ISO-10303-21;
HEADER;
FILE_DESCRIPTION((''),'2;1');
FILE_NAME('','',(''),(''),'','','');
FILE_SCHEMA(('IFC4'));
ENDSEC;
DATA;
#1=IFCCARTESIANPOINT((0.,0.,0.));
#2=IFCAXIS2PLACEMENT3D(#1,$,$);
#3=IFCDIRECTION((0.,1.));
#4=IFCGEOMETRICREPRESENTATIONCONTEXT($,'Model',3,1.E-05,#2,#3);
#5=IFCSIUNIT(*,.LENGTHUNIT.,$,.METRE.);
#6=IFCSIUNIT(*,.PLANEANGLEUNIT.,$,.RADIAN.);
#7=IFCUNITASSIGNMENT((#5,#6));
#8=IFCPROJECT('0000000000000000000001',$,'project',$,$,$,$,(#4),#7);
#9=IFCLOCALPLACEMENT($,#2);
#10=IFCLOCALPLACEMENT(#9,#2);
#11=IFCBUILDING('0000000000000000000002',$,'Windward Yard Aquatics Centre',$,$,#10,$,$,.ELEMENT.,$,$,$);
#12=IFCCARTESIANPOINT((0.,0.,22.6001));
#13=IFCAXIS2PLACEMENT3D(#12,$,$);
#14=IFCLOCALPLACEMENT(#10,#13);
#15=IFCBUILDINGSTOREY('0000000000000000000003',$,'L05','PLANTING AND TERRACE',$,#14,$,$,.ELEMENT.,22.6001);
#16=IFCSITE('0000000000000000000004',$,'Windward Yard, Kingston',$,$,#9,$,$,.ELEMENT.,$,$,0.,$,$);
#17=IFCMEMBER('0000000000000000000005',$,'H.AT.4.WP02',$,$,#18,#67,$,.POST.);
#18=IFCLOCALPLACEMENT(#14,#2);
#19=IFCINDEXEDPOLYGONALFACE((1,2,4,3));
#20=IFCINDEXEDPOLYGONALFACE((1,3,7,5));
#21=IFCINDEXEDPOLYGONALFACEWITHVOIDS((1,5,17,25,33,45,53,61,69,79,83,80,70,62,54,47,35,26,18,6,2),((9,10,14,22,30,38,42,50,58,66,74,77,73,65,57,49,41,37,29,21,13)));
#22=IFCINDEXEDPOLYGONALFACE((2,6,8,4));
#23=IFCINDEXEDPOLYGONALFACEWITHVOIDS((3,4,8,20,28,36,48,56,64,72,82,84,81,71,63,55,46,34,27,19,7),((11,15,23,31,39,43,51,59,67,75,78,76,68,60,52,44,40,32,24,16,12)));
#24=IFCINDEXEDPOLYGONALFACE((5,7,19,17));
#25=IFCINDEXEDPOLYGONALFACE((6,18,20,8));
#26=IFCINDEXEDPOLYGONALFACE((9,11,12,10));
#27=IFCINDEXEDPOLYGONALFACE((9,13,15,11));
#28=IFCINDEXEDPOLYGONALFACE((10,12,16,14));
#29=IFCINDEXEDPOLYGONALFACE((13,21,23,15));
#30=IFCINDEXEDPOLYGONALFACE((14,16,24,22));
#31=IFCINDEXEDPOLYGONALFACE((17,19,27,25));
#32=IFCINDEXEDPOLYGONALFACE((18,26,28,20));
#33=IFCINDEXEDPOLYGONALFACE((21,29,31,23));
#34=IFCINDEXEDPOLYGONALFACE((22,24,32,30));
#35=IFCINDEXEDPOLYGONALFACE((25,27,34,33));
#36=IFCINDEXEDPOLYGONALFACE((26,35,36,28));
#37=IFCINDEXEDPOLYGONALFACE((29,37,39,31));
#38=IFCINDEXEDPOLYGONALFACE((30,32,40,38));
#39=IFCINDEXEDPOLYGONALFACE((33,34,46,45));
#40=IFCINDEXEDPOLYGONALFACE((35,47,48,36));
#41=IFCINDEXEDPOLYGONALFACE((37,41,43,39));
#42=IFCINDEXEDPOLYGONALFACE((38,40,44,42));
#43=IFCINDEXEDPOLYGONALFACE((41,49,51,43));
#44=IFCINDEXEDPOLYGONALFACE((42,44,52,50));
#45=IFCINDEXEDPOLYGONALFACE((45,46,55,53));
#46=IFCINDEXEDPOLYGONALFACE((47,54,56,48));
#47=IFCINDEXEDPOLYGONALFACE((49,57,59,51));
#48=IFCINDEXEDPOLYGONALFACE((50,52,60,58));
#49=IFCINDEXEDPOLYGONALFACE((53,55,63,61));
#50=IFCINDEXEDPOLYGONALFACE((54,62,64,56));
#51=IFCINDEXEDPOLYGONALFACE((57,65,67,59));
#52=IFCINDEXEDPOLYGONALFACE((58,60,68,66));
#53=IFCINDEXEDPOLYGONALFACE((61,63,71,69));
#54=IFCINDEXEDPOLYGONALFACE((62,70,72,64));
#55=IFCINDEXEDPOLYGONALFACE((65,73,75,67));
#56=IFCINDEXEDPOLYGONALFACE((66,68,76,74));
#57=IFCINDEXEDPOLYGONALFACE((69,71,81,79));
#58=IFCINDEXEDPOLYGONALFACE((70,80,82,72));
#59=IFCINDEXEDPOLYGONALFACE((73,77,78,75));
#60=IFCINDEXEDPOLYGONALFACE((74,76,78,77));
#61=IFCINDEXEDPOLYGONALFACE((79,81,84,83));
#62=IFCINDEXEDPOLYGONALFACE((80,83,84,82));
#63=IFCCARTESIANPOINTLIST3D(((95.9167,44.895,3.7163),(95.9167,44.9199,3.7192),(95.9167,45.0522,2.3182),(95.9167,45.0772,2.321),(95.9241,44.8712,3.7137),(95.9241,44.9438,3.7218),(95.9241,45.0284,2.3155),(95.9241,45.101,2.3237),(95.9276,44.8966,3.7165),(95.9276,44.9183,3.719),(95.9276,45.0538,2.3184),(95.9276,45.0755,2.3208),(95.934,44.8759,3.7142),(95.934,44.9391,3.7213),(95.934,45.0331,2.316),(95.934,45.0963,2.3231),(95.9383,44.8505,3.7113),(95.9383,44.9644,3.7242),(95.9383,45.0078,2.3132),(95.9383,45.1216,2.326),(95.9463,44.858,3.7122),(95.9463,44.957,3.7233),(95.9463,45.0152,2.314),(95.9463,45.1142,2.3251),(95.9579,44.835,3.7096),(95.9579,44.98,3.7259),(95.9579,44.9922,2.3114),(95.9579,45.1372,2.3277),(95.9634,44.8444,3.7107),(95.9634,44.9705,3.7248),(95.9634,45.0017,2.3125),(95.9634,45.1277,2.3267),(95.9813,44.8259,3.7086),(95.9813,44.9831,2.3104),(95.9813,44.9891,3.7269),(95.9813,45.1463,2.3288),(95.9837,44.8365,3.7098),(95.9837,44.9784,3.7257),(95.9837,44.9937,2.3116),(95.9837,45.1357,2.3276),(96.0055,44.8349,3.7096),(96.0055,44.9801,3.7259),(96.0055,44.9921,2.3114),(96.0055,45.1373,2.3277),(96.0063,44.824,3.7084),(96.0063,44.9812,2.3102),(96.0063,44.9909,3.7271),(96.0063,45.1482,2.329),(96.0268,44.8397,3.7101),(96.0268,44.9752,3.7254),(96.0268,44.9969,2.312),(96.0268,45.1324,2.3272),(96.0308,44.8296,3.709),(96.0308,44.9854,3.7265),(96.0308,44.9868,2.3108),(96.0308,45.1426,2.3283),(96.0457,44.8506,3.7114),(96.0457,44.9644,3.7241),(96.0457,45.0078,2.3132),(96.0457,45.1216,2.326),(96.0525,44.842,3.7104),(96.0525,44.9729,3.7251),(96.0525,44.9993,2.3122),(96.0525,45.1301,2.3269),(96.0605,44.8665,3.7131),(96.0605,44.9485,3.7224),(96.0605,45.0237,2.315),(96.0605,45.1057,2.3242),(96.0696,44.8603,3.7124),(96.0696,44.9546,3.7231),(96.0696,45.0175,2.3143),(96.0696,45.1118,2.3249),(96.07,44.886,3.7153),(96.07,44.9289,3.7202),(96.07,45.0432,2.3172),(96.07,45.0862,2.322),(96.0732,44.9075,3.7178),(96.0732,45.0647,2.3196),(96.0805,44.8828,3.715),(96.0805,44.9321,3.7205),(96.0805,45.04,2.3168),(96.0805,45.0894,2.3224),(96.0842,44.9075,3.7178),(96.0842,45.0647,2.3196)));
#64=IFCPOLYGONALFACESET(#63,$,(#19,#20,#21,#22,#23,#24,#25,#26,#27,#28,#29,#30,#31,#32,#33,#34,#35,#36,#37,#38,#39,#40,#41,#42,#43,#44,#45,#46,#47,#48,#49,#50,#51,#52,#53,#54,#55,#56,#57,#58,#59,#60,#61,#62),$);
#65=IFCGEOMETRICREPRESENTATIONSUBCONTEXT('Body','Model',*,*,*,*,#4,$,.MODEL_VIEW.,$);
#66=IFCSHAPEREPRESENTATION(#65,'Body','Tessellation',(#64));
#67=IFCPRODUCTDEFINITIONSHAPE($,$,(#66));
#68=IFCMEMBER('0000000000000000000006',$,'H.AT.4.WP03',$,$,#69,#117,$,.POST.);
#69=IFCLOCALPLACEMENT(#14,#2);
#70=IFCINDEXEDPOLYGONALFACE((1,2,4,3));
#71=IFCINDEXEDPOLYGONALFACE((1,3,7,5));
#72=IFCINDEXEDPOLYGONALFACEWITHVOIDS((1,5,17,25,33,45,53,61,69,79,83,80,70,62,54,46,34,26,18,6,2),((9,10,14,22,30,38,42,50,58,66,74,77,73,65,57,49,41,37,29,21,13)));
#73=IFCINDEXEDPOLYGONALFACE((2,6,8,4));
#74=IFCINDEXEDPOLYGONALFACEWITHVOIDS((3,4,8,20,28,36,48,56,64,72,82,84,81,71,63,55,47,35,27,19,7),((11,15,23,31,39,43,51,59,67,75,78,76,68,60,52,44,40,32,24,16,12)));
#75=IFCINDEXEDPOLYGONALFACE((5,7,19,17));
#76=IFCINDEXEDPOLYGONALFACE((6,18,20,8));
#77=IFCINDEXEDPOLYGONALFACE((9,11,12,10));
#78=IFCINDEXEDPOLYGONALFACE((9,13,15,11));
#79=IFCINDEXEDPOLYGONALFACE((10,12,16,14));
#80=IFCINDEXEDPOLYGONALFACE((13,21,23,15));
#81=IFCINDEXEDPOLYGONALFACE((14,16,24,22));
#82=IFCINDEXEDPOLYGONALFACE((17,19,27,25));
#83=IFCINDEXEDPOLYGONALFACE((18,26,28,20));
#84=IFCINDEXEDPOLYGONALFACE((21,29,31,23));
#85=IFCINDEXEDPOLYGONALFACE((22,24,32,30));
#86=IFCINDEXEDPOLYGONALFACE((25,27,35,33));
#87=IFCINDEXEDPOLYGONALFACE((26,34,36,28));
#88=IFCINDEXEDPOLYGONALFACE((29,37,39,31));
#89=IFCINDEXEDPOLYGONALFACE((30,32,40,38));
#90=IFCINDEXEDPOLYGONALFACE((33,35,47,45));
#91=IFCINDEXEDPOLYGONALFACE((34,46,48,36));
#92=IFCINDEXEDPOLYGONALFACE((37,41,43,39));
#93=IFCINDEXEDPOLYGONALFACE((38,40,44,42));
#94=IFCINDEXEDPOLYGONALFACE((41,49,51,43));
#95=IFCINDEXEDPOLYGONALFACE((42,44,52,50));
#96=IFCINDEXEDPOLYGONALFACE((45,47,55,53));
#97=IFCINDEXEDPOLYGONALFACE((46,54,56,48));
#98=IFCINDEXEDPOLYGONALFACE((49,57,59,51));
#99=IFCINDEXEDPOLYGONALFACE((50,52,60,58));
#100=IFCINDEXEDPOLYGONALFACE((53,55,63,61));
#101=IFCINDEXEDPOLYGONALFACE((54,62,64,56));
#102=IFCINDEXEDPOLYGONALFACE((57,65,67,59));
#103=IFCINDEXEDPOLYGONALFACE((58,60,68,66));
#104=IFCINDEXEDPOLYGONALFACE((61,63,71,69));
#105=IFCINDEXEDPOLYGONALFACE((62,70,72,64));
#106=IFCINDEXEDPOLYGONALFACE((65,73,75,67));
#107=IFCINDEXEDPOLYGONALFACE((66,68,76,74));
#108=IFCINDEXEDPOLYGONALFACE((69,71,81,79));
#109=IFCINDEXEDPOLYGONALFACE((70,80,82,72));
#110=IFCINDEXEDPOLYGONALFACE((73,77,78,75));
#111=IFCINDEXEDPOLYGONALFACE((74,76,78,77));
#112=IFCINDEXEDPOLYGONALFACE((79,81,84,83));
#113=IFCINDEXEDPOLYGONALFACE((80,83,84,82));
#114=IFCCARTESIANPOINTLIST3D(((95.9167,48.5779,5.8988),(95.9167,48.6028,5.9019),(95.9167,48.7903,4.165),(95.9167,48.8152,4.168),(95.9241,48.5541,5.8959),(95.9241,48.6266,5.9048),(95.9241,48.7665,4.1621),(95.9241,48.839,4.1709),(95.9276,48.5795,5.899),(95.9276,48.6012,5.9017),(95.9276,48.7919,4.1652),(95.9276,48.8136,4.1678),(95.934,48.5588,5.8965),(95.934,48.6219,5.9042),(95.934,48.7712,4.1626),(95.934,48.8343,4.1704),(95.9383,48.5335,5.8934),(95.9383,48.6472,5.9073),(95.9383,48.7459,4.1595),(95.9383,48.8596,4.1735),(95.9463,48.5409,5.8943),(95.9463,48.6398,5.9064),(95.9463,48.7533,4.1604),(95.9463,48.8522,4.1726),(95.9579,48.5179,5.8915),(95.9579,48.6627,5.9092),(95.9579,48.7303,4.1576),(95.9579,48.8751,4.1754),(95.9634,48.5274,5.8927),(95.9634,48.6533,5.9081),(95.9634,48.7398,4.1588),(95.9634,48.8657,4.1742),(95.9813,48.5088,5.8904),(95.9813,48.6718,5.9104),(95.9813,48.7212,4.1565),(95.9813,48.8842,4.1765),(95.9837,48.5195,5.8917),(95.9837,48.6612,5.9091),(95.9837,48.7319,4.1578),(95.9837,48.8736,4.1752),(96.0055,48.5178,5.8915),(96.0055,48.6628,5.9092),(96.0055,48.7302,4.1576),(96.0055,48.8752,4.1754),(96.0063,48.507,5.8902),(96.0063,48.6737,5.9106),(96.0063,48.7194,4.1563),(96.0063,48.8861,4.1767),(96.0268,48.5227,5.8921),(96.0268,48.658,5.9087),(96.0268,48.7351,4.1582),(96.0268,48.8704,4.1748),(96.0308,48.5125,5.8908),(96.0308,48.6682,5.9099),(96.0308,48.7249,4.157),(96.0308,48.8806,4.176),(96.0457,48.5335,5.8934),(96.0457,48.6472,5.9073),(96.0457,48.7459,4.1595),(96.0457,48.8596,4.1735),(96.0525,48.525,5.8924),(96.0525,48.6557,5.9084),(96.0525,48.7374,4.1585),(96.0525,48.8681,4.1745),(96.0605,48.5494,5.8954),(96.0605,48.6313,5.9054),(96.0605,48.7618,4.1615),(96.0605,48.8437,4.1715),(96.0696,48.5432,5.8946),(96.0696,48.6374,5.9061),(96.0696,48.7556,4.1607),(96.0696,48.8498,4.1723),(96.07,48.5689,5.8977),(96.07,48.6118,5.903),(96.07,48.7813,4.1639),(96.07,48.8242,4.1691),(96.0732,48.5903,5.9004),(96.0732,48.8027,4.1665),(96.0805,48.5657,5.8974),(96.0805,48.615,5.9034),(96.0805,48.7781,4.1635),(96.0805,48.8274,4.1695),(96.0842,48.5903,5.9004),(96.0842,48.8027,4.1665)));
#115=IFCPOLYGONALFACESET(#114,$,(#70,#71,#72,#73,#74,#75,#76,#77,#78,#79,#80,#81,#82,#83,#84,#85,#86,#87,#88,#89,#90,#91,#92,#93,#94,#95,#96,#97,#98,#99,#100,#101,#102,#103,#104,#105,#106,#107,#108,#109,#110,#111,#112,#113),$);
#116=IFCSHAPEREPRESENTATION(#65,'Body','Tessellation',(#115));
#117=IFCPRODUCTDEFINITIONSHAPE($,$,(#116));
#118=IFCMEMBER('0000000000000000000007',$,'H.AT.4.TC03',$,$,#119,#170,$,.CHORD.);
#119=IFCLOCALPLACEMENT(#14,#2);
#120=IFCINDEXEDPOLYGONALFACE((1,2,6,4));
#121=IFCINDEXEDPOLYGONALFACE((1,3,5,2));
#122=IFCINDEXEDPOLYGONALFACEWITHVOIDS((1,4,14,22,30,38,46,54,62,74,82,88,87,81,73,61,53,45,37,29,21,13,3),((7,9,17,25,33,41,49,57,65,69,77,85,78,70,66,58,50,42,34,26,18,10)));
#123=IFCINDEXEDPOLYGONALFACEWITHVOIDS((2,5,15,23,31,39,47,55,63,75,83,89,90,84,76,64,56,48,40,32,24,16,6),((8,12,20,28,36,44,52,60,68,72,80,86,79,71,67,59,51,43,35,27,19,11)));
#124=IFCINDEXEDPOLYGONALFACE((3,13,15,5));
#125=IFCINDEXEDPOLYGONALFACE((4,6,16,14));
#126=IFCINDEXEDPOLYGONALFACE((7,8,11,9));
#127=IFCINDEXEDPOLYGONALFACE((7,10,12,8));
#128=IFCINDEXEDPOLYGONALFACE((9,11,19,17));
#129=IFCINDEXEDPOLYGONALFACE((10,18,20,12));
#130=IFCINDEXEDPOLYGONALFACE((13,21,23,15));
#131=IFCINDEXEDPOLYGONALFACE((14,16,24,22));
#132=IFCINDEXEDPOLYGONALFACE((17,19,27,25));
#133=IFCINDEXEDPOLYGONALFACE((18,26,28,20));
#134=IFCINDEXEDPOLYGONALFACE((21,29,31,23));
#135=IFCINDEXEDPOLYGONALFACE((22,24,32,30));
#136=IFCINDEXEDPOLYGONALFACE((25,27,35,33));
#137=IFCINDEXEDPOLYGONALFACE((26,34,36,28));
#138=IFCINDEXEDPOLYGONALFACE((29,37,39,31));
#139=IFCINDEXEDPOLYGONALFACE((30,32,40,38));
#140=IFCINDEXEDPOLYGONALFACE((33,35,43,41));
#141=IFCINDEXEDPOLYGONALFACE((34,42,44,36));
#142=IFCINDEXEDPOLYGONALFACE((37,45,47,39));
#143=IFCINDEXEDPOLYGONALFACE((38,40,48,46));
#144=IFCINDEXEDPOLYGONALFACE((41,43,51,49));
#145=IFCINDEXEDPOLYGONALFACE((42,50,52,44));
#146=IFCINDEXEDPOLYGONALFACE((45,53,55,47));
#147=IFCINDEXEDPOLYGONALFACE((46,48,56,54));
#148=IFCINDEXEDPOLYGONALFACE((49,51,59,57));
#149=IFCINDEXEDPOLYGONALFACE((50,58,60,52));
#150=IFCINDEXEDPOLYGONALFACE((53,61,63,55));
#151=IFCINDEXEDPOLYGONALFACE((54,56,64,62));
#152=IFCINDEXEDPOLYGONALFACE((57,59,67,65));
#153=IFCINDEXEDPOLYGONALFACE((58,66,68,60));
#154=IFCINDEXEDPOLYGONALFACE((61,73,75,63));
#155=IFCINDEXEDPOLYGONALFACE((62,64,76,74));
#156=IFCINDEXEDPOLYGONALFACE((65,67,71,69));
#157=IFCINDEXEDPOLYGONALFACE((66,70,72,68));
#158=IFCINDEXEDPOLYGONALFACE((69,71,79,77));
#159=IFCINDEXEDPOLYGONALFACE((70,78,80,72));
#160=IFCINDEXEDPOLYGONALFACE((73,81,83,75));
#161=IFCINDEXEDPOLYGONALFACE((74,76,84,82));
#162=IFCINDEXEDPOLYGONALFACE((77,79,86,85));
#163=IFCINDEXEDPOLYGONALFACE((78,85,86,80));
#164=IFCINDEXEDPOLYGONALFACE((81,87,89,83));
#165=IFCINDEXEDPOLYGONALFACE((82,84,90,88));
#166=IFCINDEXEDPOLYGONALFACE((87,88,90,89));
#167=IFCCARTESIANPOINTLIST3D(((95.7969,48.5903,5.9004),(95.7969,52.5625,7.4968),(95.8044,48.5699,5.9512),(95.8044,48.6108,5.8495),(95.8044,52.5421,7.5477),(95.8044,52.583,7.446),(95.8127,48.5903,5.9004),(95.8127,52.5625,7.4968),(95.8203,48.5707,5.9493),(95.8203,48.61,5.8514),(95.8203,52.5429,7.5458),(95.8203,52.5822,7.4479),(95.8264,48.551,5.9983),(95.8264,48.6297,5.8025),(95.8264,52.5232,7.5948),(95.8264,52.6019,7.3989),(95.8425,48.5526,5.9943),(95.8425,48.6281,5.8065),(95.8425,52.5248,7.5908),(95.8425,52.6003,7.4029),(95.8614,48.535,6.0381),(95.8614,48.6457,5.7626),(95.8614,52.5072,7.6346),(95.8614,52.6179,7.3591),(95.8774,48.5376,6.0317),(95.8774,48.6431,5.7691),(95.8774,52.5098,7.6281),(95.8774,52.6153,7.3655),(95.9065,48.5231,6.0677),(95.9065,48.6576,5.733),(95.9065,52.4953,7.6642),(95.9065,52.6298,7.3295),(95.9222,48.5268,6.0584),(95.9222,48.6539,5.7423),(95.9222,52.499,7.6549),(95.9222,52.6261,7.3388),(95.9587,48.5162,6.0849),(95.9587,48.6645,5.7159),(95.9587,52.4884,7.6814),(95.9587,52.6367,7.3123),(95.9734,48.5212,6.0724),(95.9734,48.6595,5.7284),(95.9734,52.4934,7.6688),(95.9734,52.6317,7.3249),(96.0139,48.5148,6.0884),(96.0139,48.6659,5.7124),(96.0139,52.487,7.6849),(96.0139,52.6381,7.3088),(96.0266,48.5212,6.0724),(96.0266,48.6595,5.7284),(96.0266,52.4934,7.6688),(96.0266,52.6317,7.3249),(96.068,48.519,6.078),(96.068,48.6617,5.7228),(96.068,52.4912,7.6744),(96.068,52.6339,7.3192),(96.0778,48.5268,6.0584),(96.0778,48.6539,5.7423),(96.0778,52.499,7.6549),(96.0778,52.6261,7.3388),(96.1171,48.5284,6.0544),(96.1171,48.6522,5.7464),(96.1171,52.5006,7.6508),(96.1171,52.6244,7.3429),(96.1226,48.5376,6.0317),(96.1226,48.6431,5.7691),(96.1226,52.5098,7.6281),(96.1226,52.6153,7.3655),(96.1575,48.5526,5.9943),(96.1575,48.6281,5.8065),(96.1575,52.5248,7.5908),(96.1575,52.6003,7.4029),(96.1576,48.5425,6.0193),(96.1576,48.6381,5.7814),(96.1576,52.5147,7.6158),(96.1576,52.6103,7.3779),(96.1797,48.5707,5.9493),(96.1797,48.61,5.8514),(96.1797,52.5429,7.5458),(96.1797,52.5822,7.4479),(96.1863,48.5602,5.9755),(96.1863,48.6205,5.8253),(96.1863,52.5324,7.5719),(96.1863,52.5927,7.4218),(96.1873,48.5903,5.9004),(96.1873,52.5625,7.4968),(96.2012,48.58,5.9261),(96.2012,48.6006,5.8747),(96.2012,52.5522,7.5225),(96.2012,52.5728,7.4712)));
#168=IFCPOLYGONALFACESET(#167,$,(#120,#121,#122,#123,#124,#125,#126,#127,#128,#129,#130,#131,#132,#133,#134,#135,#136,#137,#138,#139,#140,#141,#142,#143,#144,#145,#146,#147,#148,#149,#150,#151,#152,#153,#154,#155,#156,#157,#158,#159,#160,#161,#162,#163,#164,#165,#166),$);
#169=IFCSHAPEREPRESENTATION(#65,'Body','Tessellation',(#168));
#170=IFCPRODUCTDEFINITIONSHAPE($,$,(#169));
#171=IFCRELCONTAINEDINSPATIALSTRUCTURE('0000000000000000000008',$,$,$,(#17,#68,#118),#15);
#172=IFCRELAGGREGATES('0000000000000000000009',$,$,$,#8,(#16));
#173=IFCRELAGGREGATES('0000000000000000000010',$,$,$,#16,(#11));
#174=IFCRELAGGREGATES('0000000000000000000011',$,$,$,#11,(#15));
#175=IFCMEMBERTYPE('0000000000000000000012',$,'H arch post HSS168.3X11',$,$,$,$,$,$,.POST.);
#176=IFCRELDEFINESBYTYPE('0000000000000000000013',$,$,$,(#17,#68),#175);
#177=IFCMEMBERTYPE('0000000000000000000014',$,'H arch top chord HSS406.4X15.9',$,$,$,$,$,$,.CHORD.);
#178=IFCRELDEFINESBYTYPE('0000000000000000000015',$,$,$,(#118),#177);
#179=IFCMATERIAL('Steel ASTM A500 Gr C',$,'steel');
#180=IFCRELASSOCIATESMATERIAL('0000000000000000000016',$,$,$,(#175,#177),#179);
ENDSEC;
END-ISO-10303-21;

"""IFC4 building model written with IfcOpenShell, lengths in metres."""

from ifc_helpers import new_model, si_unit, direction, frame, origin, origin_2d, place, context, subcontext, project, spatial, hollow_circle, extrude, material, material_profile, profile_set, type_object, element, save


model = new_model("IFC4")

# Units and contexts
model_context = context("Model", 3, precision=1e-05, world=origin(), true_north=direction((0.0, 1.0)))
body_context = subcontext(model_context, "Body", "Model", "MODEL_VIEW")
ifc_project = project(units=[si_unit("LENGTHUNIT", "METRE"), si_unit("PLANEANGLEUNIT", "RADIAN")], contexts=[model_context])

# Site, building, storey
site_placement = place(None, origin())
site = spatial("IfcSite", under=ifc_project, at=site_placement, Name="Windward Yard, Kingston", CompositionType="ELEMENT", RefElevation=0.0)
building_placement = place(site_placement, origin())
building = spatial("IfcBuilding", under=site, at=building_placement, Name="Windward Yard Aquatics Centre", CompositionType="ELEMENT")
storey_placement = place(building_placement, frame((0.0, 0.0, 22.6001)))
storey = spatial("IfcBuildingStorey", under=building, at=storey_placement, Name="L05", Description="PLANTING AND TERRACE", CompositionType="ELEMENT", Elevation=22.6001)

# Members
ifc_material_1 = material(Name="Steel ASTM A500 Gr C", Category="steel")
ifc_material_profile_1 = material_profile(ifc_material_1, hollow_circle(Radius=0.0842, WallThickness=0.011, at=origin_2d()), Name="HSS168.3X11")
ifc_profile_set_1 = profile_set([ifc_material_profile_1], Name="Steel ASTM A500 Gr C")
member_type_1 = type_object("IfcMemberType", Name="H arch post HSS168.3X11", PredefinedType="POST", material=ifc_profile_set_1)
member_1_placement = place(storey_placement, frame((96.0, 45.0647, 2.3196), z_axis=(0.0, -0.111746, 0.993737), x_axis=(1.0, 0.0, 0.0)))
element("IfcMember", 1, at=member_1_placement, inside=storey, type_object=member_type_1, Name="H.AT.4.WP02", PredefinedType="POST", context=body_context, shape_type="SweptSolid", body=[
    extrude(hollow_circle(Radius=0.0842, WallThickness=0.011, at=origin_2d()), origin(), (0.0, 0.0, 1.0), 1.407),
])
member_2_placement = place(storey_placement, frame((96.0, 48.8027, 4.1665), z_axis=(0.0, -0.121592, 0.99258), x_axis=(1.0, 0.0, 0.0)))
element("IfcMember", 2, at=member_2_placement, inside=storey, type_object=member_type_1, Name="H.AT.4.WP03", PredefinedType="POST", context=body_context, shape_type="SweptSolid", body=[
    extrude(hollow_circle(Radius=0.0842, WallThickness=0.011, at=origin_2d()), origin(), (0.0, 0.0, 1.0), 1.7468),
])
ifc_material_profile_2 = material_profile(ifc_material_1, hollow_circle(Radius=0.2031, WallThickness=0.0159, at=origin_2d()), Name="HSS406.4X15.9")
ifc_profile_set_2 = profile_set([ifc_material_profile_2], Name="Steel ASTM A500 Gr C")
member_type_2 = type_object("IfcMemberType", Name="H arch top chord HSS406.4X15.9", PredefinedType="CHORD", material=ifc_profile_set_2)
member_3_placement = place(storey_placement, frame((96.0, 48.5903, 5.9004), z_axis=(0.0, 0.927866, 0.372914), x_axis=(-1.0, 0.0, 0.0)))
element("IfcMember", 3, at=member_3_placement, inside=storey, type_object=member_type_2, Name="H.AT.4.TC03", PredefinedType="CHORD", context=body_context, shape_type="SweptSolid", body=[
    extrude(hollow_circle(Radius=0.2031, WallThickness=0.0159, at=origin_2d()), origin(), (0.0, 0.0, 1.0), 4.281),
])

save(model, "model.ifc")
